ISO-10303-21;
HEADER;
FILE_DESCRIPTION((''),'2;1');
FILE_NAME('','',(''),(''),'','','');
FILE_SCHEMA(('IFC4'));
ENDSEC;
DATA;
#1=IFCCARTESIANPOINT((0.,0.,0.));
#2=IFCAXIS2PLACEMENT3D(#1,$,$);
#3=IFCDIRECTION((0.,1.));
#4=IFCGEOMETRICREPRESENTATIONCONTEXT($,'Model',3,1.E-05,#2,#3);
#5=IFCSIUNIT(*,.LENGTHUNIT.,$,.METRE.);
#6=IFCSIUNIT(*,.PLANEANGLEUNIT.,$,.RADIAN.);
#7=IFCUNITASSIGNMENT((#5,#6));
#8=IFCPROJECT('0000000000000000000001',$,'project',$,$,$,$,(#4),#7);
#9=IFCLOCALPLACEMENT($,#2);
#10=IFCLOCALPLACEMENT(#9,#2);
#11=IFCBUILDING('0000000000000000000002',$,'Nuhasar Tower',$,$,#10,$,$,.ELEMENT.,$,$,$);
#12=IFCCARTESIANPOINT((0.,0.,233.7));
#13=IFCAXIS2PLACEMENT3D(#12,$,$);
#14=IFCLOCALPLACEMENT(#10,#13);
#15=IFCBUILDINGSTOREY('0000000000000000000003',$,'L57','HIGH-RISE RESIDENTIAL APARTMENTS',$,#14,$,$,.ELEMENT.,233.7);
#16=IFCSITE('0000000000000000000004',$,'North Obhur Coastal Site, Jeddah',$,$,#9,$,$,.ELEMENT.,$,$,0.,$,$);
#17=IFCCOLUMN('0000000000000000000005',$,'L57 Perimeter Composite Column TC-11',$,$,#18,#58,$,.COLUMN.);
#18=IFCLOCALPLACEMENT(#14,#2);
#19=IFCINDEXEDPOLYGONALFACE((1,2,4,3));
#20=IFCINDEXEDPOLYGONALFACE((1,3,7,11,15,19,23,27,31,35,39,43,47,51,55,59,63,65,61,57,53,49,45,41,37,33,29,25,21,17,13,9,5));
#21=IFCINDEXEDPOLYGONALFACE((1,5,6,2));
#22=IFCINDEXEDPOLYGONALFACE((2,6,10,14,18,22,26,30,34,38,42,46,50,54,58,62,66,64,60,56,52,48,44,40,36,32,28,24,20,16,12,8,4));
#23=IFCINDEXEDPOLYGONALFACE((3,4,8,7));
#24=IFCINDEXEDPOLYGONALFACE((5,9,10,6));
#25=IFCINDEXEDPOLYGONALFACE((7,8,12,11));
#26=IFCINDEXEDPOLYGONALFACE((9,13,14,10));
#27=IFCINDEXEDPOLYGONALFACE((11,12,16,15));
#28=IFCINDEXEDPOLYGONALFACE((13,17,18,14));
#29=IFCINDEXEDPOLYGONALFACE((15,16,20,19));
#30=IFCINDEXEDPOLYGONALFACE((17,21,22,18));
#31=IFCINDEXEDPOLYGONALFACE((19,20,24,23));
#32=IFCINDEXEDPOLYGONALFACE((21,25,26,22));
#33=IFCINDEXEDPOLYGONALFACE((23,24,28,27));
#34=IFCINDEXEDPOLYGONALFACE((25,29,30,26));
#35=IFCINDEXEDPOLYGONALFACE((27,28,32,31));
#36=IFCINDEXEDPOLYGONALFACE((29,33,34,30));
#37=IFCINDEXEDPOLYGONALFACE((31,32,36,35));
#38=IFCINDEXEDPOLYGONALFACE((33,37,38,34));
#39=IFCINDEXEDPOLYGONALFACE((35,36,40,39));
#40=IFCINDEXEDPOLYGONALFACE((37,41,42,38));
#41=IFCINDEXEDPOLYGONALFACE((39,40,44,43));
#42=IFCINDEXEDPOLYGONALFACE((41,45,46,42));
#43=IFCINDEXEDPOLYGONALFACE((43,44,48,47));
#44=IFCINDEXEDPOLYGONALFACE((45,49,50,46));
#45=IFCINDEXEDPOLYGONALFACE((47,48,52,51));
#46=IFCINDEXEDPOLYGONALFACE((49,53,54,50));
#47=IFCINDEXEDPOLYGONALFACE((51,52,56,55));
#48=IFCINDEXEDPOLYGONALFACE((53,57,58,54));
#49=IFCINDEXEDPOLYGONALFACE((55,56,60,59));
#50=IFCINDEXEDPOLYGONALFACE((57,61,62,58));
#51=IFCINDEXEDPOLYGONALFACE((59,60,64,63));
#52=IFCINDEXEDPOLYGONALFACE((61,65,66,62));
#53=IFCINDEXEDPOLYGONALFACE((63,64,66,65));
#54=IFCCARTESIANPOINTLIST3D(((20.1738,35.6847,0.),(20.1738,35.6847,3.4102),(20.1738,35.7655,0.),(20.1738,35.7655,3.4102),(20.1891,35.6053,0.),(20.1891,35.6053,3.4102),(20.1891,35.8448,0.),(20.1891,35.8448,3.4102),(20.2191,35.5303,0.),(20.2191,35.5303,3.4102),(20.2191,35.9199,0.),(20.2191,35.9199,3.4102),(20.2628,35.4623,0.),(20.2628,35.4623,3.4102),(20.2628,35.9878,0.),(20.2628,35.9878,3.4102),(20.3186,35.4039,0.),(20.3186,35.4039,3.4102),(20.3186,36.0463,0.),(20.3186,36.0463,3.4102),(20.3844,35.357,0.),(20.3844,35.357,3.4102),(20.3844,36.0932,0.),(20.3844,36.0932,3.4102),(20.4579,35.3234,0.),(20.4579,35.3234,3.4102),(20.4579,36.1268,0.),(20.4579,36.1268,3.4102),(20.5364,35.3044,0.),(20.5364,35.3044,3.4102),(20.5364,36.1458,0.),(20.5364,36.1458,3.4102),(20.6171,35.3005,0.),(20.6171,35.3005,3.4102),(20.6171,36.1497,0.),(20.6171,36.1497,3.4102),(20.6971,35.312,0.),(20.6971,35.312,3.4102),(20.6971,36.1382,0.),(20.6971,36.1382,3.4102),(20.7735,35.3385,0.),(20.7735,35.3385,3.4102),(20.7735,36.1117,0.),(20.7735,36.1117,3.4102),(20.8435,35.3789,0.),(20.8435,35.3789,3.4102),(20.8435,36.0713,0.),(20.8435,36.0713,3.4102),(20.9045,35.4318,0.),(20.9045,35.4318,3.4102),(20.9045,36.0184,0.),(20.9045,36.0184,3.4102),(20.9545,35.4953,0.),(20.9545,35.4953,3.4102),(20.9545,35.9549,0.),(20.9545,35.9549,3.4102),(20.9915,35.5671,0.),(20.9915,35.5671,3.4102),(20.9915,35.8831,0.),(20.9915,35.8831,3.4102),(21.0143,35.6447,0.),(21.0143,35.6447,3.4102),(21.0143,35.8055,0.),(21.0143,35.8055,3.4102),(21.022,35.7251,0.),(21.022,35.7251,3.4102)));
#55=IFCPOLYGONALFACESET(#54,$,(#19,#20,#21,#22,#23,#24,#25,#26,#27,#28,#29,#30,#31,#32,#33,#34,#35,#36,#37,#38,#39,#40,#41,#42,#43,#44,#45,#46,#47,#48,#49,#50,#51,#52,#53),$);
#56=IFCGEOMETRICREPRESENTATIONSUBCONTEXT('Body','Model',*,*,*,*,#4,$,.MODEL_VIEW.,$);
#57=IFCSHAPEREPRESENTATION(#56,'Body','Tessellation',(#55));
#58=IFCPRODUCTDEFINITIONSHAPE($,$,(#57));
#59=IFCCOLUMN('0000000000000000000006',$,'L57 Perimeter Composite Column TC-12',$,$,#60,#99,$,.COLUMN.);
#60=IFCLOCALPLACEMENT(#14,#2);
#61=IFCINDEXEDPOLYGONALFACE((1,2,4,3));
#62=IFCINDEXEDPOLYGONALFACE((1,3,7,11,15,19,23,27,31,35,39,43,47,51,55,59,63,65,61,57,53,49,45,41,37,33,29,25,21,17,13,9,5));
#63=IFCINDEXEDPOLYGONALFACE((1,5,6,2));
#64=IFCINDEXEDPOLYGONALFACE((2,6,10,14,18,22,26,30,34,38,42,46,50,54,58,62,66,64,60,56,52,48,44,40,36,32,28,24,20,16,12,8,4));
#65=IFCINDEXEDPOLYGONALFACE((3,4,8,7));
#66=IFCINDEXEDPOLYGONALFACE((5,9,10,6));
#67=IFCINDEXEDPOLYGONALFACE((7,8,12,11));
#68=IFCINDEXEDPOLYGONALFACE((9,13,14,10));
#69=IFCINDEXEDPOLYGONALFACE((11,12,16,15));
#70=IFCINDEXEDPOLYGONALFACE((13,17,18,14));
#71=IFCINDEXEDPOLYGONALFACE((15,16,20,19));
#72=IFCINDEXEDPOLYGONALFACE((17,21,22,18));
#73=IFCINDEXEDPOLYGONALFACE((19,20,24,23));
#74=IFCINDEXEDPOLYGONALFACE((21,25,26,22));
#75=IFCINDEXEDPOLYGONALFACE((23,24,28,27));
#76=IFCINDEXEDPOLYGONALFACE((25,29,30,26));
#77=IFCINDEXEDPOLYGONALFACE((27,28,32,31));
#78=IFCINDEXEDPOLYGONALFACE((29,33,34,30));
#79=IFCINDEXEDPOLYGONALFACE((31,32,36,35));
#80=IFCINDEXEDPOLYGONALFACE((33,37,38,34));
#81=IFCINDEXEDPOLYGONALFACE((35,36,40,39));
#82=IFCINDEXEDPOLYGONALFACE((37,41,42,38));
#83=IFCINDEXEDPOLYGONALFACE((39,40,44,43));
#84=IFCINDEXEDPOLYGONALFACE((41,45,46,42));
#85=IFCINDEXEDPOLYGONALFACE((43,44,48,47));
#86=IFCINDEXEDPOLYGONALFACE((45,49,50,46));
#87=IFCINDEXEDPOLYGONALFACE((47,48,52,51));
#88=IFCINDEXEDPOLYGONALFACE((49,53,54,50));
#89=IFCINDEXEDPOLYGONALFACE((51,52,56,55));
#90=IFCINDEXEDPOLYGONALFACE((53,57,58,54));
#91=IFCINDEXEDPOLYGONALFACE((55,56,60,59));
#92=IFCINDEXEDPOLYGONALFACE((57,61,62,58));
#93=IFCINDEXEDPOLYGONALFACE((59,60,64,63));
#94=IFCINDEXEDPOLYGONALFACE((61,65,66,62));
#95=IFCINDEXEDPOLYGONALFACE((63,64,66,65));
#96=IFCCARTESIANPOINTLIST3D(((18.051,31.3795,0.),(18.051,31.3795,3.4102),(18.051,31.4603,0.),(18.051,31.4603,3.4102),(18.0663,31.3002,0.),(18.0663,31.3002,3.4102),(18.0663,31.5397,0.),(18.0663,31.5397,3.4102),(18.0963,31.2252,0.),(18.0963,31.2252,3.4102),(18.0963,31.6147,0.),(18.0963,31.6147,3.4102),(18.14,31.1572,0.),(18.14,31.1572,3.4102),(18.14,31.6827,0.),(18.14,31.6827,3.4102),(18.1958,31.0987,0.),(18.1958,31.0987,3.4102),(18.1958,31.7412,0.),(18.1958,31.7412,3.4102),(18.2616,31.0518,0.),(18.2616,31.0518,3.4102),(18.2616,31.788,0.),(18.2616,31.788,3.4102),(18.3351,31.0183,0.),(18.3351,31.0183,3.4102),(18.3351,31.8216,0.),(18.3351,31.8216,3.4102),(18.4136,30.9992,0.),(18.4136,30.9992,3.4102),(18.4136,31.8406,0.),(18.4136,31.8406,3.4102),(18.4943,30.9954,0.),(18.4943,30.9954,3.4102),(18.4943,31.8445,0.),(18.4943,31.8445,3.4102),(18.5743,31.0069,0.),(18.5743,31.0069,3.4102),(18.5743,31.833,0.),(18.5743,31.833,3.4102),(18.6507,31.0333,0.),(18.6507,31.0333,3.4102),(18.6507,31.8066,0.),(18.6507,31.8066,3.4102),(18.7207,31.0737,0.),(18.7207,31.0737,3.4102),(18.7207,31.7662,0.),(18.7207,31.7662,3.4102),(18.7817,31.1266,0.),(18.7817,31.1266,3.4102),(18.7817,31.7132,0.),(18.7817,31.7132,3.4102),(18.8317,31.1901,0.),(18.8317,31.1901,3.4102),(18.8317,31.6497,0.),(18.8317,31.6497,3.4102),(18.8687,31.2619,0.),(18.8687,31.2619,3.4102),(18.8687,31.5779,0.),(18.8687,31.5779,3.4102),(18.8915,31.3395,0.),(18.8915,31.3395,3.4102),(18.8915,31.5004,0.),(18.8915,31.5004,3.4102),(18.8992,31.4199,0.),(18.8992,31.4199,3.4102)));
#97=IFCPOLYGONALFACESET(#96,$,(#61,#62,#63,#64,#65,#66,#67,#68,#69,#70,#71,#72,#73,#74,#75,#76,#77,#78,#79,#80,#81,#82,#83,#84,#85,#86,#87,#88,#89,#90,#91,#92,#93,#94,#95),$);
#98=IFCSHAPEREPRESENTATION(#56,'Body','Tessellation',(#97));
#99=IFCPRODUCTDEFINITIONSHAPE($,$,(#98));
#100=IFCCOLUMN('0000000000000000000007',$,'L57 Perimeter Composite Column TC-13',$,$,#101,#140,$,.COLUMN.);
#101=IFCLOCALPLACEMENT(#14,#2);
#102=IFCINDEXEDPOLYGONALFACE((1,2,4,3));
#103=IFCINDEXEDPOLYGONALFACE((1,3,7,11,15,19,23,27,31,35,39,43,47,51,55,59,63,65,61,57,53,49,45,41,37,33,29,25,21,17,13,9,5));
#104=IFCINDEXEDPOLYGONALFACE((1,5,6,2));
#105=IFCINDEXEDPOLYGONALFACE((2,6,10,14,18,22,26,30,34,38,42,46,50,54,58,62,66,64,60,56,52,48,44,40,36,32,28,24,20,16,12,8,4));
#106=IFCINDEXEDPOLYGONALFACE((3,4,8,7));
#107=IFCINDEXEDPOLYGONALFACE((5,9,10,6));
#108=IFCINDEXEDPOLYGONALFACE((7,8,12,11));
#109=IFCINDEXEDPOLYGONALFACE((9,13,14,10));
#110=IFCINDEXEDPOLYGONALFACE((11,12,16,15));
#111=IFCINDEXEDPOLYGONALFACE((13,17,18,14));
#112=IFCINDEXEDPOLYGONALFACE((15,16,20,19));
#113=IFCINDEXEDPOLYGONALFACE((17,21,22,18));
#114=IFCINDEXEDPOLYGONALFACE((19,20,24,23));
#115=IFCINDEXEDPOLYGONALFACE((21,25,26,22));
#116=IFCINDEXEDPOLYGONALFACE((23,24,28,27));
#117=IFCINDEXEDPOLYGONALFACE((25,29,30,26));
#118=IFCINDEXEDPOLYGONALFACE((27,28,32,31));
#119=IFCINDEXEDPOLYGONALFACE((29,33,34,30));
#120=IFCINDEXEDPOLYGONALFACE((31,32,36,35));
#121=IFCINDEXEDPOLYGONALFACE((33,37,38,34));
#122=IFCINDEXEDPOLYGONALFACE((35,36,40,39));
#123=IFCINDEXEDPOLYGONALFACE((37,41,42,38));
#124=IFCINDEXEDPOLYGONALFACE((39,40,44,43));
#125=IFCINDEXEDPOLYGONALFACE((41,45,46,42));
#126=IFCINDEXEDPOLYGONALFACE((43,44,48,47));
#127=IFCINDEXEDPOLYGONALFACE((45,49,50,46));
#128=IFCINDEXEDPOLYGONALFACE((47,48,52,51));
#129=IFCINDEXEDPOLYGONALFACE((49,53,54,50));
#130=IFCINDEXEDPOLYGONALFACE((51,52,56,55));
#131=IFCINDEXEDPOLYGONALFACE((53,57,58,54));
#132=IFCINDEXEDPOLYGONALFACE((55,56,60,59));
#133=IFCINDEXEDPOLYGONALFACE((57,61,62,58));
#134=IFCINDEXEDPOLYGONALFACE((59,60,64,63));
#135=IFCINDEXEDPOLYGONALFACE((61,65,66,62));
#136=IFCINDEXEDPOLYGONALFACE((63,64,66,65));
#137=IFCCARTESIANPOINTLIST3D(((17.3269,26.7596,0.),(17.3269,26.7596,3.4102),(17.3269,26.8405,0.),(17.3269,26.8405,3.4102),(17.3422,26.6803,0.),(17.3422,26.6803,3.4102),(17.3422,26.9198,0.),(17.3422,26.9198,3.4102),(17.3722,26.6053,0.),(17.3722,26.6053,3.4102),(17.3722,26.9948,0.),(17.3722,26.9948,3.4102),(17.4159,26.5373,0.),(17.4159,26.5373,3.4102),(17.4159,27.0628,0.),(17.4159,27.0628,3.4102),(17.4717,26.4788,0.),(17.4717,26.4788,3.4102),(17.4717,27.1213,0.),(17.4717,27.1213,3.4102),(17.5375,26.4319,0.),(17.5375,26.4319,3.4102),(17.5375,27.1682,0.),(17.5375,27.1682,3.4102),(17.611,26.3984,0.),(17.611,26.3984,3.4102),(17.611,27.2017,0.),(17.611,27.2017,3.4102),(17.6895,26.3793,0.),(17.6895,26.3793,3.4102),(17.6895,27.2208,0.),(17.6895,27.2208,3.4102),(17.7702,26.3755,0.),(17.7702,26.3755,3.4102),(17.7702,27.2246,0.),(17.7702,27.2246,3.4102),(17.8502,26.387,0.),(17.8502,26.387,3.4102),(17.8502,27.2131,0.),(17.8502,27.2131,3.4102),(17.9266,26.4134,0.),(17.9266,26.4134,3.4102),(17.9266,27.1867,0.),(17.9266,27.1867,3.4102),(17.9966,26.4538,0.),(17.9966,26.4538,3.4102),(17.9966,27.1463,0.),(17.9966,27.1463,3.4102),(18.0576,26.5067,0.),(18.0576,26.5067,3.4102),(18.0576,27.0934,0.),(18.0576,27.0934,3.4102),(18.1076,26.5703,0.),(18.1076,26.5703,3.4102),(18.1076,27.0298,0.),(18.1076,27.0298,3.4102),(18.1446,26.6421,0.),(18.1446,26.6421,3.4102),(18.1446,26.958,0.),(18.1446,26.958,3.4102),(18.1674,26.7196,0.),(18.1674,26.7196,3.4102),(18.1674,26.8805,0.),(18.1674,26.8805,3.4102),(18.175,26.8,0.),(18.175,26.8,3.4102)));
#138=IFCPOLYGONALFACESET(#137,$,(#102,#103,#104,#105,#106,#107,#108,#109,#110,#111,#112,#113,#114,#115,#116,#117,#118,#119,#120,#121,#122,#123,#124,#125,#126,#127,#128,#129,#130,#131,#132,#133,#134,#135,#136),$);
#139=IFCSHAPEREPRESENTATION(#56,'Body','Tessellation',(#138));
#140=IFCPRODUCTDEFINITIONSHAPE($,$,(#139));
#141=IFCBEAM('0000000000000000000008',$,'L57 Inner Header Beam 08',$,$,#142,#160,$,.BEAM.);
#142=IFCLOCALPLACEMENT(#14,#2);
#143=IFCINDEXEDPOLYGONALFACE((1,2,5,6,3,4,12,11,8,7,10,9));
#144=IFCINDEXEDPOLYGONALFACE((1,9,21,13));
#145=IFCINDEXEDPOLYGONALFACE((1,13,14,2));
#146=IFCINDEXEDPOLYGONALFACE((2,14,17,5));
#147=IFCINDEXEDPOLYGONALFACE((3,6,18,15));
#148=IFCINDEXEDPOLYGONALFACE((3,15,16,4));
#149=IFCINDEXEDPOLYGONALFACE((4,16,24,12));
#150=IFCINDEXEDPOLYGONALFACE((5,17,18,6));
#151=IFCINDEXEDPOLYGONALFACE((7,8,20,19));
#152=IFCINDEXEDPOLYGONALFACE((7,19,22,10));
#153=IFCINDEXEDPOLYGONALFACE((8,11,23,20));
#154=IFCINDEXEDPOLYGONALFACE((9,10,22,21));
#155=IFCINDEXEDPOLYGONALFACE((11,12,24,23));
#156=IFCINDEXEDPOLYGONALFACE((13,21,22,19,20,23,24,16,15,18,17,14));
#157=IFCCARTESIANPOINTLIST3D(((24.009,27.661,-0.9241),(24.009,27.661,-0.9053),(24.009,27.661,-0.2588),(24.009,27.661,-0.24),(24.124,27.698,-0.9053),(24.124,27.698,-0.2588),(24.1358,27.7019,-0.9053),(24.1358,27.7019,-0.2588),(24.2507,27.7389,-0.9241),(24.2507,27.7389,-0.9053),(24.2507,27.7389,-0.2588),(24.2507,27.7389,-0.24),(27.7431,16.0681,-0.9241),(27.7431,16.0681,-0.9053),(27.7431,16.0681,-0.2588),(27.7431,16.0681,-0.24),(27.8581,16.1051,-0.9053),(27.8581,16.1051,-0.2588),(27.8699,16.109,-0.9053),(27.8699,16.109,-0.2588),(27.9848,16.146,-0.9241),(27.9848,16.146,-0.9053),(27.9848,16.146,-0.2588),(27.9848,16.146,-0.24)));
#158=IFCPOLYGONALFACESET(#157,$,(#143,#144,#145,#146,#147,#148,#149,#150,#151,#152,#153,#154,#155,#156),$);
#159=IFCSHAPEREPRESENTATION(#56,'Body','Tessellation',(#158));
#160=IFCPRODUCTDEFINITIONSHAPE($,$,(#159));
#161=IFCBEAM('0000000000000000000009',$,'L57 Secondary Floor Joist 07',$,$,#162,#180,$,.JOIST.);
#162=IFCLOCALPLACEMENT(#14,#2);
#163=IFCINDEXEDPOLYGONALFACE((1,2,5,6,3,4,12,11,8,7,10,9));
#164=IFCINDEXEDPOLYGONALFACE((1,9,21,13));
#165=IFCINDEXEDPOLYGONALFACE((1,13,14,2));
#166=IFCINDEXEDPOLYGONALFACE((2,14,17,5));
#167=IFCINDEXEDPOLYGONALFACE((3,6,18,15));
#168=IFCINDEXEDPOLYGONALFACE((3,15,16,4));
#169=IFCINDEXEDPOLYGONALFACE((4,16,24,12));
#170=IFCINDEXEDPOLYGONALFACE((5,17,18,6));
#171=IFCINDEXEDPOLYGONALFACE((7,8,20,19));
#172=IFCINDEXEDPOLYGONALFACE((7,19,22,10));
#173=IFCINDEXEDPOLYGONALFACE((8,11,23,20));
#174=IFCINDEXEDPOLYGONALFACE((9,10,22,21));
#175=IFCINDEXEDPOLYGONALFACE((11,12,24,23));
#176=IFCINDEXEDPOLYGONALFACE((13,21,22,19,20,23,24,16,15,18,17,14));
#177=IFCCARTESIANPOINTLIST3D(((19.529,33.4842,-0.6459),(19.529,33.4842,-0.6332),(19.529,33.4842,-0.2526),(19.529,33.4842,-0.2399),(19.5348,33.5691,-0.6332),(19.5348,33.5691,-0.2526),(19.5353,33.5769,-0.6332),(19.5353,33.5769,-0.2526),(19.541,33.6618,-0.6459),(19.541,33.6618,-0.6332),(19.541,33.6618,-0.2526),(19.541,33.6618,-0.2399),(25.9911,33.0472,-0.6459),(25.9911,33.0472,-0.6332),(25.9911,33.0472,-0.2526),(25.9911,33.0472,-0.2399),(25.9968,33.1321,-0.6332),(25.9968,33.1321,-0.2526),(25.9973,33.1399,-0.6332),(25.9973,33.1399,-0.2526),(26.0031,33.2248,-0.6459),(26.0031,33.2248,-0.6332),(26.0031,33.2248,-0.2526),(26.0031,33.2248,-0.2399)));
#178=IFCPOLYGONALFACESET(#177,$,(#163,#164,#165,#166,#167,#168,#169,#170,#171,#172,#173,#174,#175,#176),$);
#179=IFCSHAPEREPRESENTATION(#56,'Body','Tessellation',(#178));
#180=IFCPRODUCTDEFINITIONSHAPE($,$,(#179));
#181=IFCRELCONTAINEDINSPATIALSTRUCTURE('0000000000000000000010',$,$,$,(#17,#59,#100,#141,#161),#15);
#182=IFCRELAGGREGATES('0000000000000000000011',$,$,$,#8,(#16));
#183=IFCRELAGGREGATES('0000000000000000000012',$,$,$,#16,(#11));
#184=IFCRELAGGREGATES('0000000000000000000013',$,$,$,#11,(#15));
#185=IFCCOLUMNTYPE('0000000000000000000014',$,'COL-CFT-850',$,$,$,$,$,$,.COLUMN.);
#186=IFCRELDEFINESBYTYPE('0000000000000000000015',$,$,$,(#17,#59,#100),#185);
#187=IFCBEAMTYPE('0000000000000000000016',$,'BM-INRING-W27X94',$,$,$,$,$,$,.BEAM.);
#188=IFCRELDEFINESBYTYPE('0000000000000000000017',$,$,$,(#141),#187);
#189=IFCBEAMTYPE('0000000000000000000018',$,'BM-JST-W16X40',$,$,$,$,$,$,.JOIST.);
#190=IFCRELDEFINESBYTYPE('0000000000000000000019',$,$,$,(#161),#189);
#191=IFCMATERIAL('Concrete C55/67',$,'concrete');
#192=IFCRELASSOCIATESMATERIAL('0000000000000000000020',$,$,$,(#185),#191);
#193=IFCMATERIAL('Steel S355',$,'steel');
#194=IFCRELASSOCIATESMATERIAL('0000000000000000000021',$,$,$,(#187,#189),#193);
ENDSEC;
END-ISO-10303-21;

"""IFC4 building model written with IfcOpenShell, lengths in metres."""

from ifc_helpers import new_model, si_unit, direction, frame, origin, origin_2d, place, context, subcontext, project, spatial, circle, i_section, extrude, material, material_profile, profile_set, type_object, element, save


model = new_model("IFC4")

# Units and contexts
model_context = context("Model", 3, precision=1e-05, world=origin(), true_north=direction((0.0, 1.0)))
body_context = subcontext(model_context, "Body", "Model", "MODEL_VIEW")
ifc_project = project(units=[si_unit("LENGTHUNIT", "METRE"), si_unit("PLANEANGLEUNIT", "RADIAN")], contexts=[model_context])

# Site, building, storey
site_placement = place(None, origin())
site = spatial("IfcSite", under=ifc_project, at=site_placement, Name="North Obhur Coastal Site, Jeddah", CompositionType="ELEMENT", RefElevation=0.0)
building_placement = place(site_placement, origin())
building = spatial("IfcBuilding", under=site, at=building_placement, Name="Nuhasar Tower", CompositionType="ELEMENT")
storey_placement = place(building_placement, frame((0.0, 0.0, 233.7)))
storey = spatial("IfcBuildingStorey", under=building, at=storey_placement, Name="L57", Description="HIGH-RISE RESIDENTIAL APARTMENTS", CompositionType="ELEMENT", Elevation=233.7)

# Columns
ifc_material_1 = material(Name="Concrete C55/67", Category="concrete")
ifc_material_profile_1 = material_profile(ifc_material_1, circle(Radius=0.425, at=origin_2d()), Name="CFT850")
ifc_profile_set_1 = profile_set([ifc_material_profile_1], Name="Concrete C55/67")
column_type = type_object("IfcColumnType", Name="COL-CFT-850", PredefinedType="COLUMN", material=ifc_profile_set_1)
for number, where, z_axis, x_axis, name in (
    (1, (20.5969, 35.7251, 0.0), (0.0, 0.0, 1.0), (1.0, 0.0, 0.0), "L57 Perimeter Composite Column TC-11"),
    (2, (18.4741, 31.4199, 0.0), (0.0, 0.0, 1.0), (1.0, 0.0, 0.0), "L57 Perimeter Composite Column TC-12"),
    (3, (17.75, 26.8, 0.0), (0.0, 0.0, 1.0), (1.0, 0.0, 0.0), "L57 Perimeter Composite Column TC-13"),
):
    element("IfcColumn", number, at=place(storey_placement, frame(where, z_axis=z_axis, x_axis=x_axis)), inside=storey, type_object=column_type, Name=name, PredefinedType="COLUMN", context=body_context, shape_type="SweptSolid", body=[
        extrude(circle(Radius=0.425, at=origin_2d()), origin(), (0.0, 0.0, 1.0), 3.4102),
    ])

# Beams
ifc_material_2 = material(Name="Steel S355", Category="steel")
ifc_material_profile_2 = material_profile(ifc_material_2, i_section(OverallWidth=0.2539, OverallDepth=0.6841, WebThickness=0.0125, FlangeThickness=0.0188, at=origin_2d()), Name="W27X94")
ifc_profile_set_2 = profile_set([ifc_material_profile_2], Name="Steel S355")
beam_type_1 = type_object("IfcBeamType", Name="BM-INRING-W27X94", PredefinedType="BEAM", material=ifc_profile_set_2)
beam_1_placement = place(storey_placement, frame((24.1299, 27.7, -0.582), z_axis=(0.30659, -0.951842, 0.0), x_axis=(0.951842, 0.30659, 0.0)))
element("IfcBeam", 4, at=beam_1_placement, inside=storey, type_object=beam_type_1, Name="L57 Inner Header Beam 08", PredefinedType="BEAM", context=body_context, shape_type="SweptSolid", body=[
    extrude(i_section(OverallWidth=0.2539, OverallDepth=0.6841, WebThickness=0.0125, FlangeThickness=0.0188, at=origin_2d()), origin(), (0.0, 0.0, 1.0), 12.1794),
])
ifc_material_profile_3 = material_profile(ifc_material_2, i_section(OverallWidth=0.178, OverallDepth=0.406, WebThickness=0.0078, FlangeThickness=0.0127, at=origin_2d()), Name="W16X40")
ifc_profile_set_3 = profile_set([ifc_material_profile_3], Name="Steel S355")
beam_type_2 = type_object("IfcBeamType", Name="BM-JST-W16X40", PredefinedType="JOIST", material=ifc_profile_set_3)
beam_2_placement = place(storey_placement, frame((25.9971, 33.136, -0.4429), z_axis=(-0.997721, 0.067472, 0.0), x_axis=(-0.067472, -0.997721, 0.0)))
element("IfcBeam", 5, at=beam_2_placement, inside=storey, type_object=beam_type_2, Name="L57 Secondary Floor Joist 07", PredefinedType="JOIST", context=body_context, shape_type="SweptSolid", body=[
    extrude(i_section(OverallWidth=0.178, OverallDepth=0.406, WebThickness=0.0078, FlangeThickness=0.0127, at=origin_2d()), origin(), (0.0, 0.0, 1.0), 6.4768),
])

save(model, "model.ifc")
